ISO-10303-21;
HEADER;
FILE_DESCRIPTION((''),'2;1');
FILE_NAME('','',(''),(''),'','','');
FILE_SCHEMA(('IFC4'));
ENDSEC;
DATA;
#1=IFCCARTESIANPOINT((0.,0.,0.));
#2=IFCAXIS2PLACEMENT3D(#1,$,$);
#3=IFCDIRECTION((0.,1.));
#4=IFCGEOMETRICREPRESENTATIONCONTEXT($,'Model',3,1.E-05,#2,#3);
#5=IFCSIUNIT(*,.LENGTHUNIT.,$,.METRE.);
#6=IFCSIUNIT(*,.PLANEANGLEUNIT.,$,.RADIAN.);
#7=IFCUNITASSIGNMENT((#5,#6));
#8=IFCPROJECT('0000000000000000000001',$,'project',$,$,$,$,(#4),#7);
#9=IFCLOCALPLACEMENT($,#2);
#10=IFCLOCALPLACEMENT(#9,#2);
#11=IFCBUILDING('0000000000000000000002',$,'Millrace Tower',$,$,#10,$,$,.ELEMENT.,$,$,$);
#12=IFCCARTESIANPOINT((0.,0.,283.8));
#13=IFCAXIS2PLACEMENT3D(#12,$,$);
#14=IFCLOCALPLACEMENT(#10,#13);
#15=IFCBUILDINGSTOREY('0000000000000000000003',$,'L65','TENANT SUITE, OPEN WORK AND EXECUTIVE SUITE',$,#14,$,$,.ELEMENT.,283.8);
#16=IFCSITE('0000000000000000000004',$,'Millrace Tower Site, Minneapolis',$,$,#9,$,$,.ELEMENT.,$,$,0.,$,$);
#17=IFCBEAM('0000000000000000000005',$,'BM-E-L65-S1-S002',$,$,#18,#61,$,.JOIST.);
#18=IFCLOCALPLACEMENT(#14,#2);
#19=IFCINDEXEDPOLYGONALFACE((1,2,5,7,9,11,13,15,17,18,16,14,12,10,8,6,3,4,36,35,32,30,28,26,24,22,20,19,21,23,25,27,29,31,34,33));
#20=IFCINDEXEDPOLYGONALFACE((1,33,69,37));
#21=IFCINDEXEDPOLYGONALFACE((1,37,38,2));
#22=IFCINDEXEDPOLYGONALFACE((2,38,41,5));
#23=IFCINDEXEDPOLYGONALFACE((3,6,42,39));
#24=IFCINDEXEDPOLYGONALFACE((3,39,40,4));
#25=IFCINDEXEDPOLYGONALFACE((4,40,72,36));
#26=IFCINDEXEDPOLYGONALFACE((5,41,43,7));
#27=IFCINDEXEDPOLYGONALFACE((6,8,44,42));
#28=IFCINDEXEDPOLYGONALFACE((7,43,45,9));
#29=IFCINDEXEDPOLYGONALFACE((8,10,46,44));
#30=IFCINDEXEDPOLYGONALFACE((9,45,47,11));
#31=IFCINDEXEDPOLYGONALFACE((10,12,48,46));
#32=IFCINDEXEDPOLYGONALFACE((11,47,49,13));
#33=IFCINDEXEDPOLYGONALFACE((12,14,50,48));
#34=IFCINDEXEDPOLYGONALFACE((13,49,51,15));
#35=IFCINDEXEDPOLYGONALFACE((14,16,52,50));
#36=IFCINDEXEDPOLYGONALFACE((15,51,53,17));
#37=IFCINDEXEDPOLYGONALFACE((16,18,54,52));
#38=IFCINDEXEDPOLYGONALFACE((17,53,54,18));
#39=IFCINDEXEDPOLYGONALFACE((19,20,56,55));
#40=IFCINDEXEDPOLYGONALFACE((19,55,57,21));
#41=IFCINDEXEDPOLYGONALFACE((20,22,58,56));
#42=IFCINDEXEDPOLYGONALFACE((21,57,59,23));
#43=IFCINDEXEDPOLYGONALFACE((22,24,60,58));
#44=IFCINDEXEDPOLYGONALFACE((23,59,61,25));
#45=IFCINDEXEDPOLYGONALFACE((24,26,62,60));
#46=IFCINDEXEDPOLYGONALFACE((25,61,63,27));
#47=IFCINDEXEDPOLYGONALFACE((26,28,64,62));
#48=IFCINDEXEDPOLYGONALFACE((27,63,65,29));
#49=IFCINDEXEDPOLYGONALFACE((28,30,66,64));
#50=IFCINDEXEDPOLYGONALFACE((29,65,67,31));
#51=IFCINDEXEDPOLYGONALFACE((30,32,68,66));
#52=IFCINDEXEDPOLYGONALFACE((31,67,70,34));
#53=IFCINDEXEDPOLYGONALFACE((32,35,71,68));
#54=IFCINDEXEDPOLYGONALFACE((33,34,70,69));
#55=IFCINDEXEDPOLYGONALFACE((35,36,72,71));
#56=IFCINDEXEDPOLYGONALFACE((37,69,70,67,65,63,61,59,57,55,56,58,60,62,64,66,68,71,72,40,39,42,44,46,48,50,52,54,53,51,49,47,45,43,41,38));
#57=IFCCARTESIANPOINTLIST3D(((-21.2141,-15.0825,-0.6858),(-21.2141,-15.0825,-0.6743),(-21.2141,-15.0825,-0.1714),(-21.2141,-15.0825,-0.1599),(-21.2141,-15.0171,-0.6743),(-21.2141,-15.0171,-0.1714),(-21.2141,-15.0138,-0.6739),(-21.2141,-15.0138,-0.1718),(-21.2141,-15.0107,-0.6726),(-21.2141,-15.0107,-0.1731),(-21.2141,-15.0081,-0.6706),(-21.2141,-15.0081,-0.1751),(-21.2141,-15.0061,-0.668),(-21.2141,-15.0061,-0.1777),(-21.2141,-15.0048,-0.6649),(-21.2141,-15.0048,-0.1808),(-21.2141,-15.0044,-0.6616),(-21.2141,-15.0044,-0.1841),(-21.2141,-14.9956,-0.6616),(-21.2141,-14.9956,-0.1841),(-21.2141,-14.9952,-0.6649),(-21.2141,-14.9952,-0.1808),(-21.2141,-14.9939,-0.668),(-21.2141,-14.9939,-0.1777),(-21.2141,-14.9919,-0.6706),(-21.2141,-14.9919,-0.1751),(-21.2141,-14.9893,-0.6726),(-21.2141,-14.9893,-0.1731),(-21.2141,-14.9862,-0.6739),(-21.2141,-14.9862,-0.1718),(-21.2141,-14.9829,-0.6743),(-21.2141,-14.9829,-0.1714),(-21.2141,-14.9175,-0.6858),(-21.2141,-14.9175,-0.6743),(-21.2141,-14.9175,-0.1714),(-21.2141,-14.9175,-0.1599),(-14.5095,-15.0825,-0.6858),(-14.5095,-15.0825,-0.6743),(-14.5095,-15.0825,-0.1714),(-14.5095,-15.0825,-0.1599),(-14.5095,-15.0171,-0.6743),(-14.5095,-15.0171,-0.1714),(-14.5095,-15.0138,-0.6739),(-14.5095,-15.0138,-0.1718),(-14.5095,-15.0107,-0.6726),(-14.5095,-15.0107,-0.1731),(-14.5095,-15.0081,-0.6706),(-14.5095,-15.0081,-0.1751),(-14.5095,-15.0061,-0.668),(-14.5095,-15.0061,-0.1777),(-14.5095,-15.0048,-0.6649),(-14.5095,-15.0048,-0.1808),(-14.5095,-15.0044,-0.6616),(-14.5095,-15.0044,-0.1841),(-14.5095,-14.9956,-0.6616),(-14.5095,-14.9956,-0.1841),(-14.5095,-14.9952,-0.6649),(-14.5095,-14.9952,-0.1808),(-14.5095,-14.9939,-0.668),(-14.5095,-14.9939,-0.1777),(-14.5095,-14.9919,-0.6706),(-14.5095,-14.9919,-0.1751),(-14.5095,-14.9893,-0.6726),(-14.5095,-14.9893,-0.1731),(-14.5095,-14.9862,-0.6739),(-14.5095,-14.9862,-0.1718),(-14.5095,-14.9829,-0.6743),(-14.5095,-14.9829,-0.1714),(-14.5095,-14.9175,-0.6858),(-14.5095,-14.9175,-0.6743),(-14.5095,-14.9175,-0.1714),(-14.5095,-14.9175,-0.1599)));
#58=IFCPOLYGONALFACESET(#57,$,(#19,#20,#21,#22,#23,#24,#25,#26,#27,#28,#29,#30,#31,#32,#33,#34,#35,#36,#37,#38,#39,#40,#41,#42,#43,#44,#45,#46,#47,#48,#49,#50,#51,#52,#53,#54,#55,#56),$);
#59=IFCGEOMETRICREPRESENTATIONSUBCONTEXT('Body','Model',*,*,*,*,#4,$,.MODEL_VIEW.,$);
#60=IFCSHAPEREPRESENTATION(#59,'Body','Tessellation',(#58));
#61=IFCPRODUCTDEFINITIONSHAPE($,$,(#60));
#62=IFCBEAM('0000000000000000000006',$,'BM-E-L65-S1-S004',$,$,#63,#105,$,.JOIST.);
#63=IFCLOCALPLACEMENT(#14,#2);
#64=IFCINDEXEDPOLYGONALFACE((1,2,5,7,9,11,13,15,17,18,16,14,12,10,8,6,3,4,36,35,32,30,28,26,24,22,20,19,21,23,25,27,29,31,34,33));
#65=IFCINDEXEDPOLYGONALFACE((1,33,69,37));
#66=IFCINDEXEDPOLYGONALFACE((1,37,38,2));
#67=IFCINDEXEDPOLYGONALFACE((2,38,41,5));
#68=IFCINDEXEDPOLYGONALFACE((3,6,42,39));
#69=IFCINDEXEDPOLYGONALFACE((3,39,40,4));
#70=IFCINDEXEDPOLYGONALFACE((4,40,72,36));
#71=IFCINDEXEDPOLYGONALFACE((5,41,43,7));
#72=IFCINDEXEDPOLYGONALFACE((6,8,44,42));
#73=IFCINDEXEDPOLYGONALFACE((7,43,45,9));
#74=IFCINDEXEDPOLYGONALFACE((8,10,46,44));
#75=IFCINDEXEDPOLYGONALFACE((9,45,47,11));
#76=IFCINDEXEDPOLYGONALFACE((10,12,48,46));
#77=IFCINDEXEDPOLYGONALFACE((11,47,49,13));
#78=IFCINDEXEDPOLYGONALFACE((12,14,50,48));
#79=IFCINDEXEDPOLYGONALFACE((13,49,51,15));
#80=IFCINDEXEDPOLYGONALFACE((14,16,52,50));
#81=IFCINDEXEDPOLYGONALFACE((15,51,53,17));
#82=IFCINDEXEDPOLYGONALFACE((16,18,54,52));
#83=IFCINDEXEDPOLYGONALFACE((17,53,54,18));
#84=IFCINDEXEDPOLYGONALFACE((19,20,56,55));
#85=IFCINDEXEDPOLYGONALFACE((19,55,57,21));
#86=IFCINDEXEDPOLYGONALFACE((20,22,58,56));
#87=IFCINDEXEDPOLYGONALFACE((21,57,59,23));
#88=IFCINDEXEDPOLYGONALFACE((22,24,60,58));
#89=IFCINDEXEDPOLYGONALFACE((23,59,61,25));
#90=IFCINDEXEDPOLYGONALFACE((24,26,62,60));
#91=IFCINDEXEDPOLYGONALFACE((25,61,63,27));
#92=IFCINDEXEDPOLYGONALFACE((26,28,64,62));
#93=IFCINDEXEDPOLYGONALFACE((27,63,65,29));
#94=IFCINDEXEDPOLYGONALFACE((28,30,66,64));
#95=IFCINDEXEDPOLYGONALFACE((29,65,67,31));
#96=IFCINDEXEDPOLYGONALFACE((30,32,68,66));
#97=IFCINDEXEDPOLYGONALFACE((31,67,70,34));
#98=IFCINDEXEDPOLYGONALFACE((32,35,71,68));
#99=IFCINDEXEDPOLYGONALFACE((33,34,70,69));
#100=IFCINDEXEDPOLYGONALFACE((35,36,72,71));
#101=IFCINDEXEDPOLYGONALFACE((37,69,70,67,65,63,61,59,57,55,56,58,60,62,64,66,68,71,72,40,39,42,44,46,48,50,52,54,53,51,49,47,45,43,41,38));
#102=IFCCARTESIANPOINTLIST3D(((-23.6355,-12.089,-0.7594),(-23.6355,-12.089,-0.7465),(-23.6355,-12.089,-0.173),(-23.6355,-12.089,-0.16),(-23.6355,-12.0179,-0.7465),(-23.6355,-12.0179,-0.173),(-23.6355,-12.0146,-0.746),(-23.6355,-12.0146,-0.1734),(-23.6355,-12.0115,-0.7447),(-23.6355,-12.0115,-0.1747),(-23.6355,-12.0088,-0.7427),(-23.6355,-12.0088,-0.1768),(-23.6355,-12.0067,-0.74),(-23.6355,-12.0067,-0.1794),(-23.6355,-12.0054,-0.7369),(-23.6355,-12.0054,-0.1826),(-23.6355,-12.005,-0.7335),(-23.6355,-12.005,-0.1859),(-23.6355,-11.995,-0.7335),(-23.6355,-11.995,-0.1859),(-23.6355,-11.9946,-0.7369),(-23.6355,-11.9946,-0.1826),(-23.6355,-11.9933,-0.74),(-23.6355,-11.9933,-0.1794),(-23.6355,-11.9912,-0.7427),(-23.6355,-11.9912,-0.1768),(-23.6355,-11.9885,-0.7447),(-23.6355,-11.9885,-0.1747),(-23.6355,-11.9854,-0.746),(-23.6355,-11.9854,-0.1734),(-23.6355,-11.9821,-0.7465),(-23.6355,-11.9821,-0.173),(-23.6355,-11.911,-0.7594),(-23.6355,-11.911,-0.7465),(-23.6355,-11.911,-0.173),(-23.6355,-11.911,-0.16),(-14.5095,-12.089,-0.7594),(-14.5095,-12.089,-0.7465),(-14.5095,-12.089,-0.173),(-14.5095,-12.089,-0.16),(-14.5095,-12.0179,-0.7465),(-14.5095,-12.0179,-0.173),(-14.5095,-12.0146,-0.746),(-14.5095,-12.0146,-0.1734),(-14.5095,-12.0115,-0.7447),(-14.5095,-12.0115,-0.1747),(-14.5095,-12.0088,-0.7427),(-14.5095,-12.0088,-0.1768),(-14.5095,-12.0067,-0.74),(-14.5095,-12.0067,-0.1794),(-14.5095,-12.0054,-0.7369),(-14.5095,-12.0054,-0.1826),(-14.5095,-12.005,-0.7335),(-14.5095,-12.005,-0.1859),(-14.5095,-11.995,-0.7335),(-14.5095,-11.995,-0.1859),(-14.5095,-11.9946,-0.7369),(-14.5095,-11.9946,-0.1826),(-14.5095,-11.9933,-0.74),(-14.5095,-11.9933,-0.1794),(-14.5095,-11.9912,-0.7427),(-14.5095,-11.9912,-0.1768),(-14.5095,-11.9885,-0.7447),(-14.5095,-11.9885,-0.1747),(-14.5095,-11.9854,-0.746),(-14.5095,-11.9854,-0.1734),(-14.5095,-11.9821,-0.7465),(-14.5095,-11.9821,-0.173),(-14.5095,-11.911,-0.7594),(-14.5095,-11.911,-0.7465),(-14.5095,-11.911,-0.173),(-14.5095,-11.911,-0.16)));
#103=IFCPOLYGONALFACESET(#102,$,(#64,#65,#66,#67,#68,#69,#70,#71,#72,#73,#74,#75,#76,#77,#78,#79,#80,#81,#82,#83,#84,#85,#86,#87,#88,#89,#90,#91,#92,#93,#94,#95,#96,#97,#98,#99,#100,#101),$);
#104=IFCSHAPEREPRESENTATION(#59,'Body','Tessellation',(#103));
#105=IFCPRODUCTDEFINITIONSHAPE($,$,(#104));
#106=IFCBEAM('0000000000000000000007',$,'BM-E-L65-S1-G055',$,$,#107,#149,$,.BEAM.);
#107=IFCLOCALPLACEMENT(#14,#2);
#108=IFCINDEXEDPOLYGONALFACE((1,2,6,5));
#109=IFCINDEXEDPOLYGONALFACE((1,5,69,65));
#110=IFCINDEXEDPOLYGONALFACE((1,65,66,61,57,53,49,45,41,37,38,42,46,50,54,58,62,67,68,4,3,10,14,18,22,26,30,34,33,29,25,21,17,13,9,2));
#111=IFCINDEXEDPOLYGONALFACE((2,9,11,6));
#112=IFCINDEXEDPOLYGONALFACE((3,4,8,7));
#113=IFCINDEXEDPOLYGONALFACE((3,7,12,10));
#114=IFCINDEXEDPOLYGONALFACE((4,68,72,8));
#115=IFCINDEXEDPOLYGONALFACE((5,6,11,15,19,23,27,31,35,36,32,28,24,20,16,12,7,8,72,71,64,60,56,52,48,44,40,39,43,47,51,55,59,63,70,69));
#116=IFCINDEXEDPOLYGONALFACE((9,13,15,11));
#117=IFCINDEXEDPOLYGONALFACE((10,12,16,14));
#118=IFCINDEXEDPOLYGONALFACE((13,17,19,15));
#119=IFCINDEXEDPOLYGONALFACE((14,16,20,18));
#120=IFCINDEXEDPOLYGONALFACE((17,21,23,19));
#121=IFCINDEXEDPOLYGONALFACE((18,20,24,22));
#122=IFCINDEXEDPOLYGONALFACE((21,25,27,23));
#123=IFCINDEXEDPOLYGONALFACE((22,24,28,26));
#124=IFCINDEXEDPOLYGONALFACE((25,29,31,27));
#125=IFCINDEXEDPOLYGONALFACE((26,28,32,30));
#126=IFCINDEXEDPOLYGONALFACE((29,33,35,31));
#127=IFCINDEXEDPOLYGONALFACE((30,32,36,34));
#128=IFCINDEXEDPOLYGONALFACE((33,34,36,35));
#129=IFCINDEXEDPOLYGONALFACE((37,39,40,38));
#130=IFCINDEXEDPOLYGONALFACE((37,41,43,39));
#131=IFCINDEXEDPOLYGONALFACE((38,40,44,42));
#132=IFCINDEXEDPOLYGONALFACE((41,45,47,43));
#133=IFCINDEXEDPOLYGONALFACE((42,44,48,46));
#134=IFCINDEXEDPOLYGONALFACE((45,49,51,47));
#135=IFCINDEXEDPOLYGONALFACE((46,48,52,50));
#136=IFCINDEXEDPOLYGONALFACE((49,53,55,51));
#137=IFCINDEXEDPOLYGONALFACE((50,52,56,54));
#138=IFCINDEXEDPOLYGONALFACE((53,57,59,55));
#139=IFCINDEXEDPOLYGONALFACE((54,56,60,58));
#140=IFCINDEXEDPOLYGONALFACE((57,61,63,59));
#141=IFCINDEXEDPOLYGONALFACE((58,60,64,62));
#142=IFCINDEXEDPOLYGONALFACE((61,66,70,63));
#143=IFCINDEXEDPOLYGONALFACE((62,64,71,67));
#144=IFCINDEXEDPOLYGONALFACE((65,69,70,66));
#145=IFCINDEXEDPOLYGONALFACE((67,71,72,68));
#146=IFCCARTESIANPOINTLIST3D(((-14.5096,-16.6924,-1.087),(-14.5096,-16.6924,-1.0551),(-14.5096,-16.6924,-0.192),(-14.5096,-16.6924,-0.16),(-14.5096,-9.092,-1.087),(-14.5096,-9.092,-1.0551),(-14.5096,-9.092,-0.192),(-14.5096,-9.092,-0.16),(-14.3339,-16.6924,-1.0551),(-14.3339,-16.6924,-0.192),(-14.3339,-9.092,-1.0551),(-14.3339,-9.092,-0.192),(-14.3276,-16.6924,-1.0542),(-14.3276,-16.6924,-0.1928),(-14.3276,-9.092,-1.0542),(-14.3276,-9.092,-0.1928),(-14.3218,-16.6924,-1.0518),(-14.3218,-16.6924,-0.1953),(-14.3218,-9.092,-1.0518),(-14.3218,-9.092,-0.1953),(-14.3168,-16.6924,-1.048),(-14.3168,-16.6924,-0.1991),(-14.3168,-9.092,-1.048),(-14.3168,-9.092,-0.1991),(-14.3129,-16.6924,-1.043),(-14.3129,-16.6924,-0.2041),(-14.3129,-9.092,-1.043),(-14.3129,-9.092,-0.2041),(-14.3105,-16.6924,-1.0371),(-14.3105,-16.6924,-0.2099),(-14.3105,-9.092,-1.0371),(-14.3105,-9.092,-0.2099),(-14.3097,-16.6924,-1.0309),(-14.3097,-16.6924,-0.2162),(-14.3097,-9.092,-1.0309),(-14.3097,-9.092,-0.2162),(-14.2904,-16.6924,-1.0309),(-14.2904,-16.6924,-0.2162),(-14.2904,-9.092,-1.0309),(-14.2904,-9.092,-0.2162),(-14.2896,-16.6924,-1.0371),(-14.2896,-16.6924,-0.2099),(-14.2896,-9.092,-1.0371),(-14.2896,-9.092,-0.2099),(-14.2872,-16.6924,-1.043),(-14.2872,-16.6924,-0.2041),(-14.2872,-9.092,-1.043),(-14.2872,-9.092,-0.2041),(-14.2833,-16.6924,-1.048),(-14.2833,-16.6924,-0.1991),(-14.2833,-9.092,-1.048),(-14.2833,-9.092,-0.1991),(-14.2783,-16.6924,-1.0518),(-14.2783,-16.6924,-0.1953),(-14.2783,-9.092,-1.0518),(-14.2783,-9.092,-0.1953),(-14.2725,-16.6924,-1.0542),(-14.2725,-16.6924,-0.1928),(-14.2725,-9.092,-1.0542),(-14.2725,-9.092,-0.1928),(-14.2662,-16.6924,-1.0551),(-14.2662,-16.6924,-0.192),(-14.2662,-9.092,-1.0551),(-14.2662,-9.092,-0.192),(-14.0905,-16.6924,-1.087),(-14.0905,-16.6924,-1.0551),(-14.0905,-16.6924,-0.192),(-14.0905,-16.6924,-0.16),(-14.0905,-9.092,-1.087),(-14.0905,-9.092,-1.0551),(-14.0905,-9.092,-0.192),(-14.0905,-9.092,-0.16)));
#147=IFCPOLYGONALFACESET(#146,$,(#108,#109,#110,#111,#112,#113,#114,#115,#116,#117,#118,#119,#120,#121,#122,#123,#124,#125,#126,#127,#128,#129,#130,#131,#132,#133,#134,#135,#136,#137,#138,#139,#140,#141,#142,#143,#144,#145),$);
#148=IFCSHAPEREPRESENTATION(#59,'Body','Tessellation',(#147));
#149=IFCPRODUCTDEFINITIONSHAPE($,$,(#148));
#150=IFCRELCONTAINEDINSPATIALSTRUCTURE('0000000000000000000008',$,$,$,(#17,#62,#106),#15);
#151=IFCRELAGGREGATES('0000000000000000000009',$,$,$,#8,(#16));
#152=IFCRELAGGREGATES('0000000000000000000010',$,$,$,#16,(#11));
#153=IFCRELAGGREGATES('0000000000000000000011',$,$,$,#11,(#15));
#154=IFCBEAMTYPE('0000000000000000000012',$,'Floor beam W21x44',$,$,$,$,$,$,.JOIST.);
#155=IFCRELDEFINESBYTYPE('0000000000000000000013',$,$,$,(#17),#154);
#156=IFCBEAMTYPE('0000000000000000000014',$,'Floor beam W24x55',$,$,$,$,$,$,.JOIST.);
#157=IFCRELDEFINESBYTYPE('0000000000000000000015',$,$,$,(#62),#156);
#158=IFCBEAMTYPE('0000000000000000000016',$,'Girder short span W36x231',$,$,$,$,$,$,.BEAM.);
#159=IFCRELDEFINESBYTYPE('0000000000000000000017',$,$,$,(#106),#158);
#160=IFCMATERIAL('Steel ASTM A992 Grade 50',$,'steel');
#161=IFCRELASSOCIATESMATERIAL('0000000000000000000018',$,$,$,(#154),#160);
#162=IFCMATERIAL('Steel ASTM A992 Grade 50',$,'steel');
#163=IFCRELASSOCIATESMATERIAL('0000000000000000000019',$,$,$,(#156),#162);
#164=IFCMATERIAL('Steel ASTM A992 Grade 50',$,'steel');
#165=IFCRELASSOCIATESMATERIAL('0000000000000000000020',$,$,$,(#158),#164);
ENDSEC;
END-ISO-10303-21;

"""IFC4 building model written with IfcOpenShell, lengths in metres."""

from ifc_helpers import new_model, si_unit, direction, frame, origin, origin_2d, place, context, subcontext, project, spatial, i_section, extrude, material, material_profile, profile_set, type_object, element, save


model = new_model("IFC4")

# Units and contexts
model_context = context("Model", 3, precision=1e-05, world=origin(), true_north=direction((0.0, 1.0)))
body_context = subcontext(model_context, "Body", "Model", "MODEL_VIEW")
ifc_project = project(units=[si_unit("LENGTHUNIT", "METRE"), si_unit("PLANEANGLEUNIT", "RADIAN")], contexts=[model_context])

# Site, building, storey
site_placement = place(None, origin())
site = spatial("IfcSite", under=ifc_project, at=site_placement, Name="Millrace Tower Site, Minneapolis", CompositionType="ELEMENT", RefElevation=0.0)
building_placement = place(site_placement, origin())
building = spatial("IfcBuilding", under=site, at=building_placement, Name="Millrace Tower", CompositionType="ELEMENT")
storey_placement = place(building_placement, frame((0.0, 0.0, 283.8)))
storey = spatial("IfcBuildingStorey", under=building, at=storey_placement, Name="L65", Description="TENANT SUITE, OPEN WORK AND EXECUTIVE SUITE", CompositionType="ELEMENT", Elevation=283.8)

# Beams
ifc_material_1 = material(Name="Steel ASTM A992 Grade 50", Category="steel")
ifc_material_profile_1 = material_profile(ifc_material_1, i_section(OverallWidth=0.165, OverallDepth=0.5259, WebThickness=0.0088, FlangeThickness=0.0115, FilletRadius=0.0127, at=origin_2d()))
ifc_profile_set_1 = profile_set([ifc_material_profile_1], Name="Steel ASTM A992 Grade 50")
beam_type_1 = type_object("IfcBeamType", Name="Floor beam W21x44", PredefinedType="JOIST", material=ifc_profile_set_1)
beam_1_placement = place(storey_placement, frame((-21.2141, -15.0, -0.4229), z_axis=(1.0, 0.0, 0.0), x_axis=(0.0, 1.0, 0.0)))
element("IfcBeam", 1, at=beam_1_placement, inside=storey, type_object=beam_type_1, Name="BM-E-L65-S1-S002", PredefinedType="JOIST", context=body_context, shape_type="SweptSolid", body=[
    extrude(i_section(OverallWidth=0.165, OverallDepth=0.5259, WebThickness=0.0088, FlangeThickness=0.0115, FilletRadius=0.0127, at=origin_2d()), origin(), (0.0, 0.0, 1.0), 6.7046),
])
ifc_material_2 = material(Name="Steel ASTM A992 Grade 50", Category="steel")
ifc_material_profile_2 = material_profile(ifc_material_2, i_section(OverallWidth=0.178, OverallDepth=0.5994, WebThickness=0.01, FlangeThickness=0.0129, FilletRadius=0.0129, at=origin_2d()))
ifc_profile_set_2 = profile_set([ifc_material_profile_2], Name="Steel ASTM A992 Grade 50")
beam_type_2 = type_object("IfcBeamType", Name="Floor beam W24x55", PredefinedType="JOIST", material=ifc_profile_set_2)
beam_2_placement = place(storey_placement, frame((-23.6355, -12.0, -0.4597), z_axis=(1.0, 0.0, 0.0), x_axis=(0.0, 1.0, 0.0)))
element("IfcBeam", 2, at=beam_2_placement, inside=storey, type_object=beam_type_2, Name="BM-E-L65-S1-S004", PredefinedType="JOIST", context=body_context, shape_type="SweptSolid", body=[
    extrude(i_section(OverallWidth=0.178, OverallDepth=0.5994, WebThickness=0.01, FlangeThickness=0.0129, FilletRadius=0.0129, at=origin_2d()), origin(), (0.0, 0.0, 1.0), 9.126),
])
ifc_material_3 = material(Name="Steel ASTM A992 Grade 50", Category="steel")
ifc_material_profile_3 = material_profile(ifc_material_3, i_section(OverallWidth=0.4192, OverallDepth=0.927, WebThickness=0.0193, FlangeThickness=0.032, FilletRadius=0.0242, at=origin_2d()))
ifc_profile_set_3 = profile_set([ifc_material_profile_3], Name="Steel ASTM A992 Grade 50")
beam_type_3 = type_object("IfcBeamType", Name="Girder short span W36x231", PredefinedType="BEAM", material=ifc_profile_set_3)
beam_3_placement = place(storey_placement, frame((-14.3, -16.6924, -0.6235), z_axis=(0.0, 1.0, 0.0), x_axis=(-1.0, 0.0, 0.0)))
element("IfcBeam", 3, at=beam_3_placement, inside=storey, type_object=beam_type_3, Name="BM-E-L65-S1-G055", PredefinedType="BEAM", context=body_context, shape_type="SweptSolid", body=[
    extrude(i_section(OverallWidth=0.4192, OverallDepth=0.927, WebThickness=0.0193, FlangeThickness=0.032, FilletRadius=0.0242, at=origin_2d()), origin(), (0.0, 0.0, 1.0), 7.6003),
])

save(model, "model.ifc")
